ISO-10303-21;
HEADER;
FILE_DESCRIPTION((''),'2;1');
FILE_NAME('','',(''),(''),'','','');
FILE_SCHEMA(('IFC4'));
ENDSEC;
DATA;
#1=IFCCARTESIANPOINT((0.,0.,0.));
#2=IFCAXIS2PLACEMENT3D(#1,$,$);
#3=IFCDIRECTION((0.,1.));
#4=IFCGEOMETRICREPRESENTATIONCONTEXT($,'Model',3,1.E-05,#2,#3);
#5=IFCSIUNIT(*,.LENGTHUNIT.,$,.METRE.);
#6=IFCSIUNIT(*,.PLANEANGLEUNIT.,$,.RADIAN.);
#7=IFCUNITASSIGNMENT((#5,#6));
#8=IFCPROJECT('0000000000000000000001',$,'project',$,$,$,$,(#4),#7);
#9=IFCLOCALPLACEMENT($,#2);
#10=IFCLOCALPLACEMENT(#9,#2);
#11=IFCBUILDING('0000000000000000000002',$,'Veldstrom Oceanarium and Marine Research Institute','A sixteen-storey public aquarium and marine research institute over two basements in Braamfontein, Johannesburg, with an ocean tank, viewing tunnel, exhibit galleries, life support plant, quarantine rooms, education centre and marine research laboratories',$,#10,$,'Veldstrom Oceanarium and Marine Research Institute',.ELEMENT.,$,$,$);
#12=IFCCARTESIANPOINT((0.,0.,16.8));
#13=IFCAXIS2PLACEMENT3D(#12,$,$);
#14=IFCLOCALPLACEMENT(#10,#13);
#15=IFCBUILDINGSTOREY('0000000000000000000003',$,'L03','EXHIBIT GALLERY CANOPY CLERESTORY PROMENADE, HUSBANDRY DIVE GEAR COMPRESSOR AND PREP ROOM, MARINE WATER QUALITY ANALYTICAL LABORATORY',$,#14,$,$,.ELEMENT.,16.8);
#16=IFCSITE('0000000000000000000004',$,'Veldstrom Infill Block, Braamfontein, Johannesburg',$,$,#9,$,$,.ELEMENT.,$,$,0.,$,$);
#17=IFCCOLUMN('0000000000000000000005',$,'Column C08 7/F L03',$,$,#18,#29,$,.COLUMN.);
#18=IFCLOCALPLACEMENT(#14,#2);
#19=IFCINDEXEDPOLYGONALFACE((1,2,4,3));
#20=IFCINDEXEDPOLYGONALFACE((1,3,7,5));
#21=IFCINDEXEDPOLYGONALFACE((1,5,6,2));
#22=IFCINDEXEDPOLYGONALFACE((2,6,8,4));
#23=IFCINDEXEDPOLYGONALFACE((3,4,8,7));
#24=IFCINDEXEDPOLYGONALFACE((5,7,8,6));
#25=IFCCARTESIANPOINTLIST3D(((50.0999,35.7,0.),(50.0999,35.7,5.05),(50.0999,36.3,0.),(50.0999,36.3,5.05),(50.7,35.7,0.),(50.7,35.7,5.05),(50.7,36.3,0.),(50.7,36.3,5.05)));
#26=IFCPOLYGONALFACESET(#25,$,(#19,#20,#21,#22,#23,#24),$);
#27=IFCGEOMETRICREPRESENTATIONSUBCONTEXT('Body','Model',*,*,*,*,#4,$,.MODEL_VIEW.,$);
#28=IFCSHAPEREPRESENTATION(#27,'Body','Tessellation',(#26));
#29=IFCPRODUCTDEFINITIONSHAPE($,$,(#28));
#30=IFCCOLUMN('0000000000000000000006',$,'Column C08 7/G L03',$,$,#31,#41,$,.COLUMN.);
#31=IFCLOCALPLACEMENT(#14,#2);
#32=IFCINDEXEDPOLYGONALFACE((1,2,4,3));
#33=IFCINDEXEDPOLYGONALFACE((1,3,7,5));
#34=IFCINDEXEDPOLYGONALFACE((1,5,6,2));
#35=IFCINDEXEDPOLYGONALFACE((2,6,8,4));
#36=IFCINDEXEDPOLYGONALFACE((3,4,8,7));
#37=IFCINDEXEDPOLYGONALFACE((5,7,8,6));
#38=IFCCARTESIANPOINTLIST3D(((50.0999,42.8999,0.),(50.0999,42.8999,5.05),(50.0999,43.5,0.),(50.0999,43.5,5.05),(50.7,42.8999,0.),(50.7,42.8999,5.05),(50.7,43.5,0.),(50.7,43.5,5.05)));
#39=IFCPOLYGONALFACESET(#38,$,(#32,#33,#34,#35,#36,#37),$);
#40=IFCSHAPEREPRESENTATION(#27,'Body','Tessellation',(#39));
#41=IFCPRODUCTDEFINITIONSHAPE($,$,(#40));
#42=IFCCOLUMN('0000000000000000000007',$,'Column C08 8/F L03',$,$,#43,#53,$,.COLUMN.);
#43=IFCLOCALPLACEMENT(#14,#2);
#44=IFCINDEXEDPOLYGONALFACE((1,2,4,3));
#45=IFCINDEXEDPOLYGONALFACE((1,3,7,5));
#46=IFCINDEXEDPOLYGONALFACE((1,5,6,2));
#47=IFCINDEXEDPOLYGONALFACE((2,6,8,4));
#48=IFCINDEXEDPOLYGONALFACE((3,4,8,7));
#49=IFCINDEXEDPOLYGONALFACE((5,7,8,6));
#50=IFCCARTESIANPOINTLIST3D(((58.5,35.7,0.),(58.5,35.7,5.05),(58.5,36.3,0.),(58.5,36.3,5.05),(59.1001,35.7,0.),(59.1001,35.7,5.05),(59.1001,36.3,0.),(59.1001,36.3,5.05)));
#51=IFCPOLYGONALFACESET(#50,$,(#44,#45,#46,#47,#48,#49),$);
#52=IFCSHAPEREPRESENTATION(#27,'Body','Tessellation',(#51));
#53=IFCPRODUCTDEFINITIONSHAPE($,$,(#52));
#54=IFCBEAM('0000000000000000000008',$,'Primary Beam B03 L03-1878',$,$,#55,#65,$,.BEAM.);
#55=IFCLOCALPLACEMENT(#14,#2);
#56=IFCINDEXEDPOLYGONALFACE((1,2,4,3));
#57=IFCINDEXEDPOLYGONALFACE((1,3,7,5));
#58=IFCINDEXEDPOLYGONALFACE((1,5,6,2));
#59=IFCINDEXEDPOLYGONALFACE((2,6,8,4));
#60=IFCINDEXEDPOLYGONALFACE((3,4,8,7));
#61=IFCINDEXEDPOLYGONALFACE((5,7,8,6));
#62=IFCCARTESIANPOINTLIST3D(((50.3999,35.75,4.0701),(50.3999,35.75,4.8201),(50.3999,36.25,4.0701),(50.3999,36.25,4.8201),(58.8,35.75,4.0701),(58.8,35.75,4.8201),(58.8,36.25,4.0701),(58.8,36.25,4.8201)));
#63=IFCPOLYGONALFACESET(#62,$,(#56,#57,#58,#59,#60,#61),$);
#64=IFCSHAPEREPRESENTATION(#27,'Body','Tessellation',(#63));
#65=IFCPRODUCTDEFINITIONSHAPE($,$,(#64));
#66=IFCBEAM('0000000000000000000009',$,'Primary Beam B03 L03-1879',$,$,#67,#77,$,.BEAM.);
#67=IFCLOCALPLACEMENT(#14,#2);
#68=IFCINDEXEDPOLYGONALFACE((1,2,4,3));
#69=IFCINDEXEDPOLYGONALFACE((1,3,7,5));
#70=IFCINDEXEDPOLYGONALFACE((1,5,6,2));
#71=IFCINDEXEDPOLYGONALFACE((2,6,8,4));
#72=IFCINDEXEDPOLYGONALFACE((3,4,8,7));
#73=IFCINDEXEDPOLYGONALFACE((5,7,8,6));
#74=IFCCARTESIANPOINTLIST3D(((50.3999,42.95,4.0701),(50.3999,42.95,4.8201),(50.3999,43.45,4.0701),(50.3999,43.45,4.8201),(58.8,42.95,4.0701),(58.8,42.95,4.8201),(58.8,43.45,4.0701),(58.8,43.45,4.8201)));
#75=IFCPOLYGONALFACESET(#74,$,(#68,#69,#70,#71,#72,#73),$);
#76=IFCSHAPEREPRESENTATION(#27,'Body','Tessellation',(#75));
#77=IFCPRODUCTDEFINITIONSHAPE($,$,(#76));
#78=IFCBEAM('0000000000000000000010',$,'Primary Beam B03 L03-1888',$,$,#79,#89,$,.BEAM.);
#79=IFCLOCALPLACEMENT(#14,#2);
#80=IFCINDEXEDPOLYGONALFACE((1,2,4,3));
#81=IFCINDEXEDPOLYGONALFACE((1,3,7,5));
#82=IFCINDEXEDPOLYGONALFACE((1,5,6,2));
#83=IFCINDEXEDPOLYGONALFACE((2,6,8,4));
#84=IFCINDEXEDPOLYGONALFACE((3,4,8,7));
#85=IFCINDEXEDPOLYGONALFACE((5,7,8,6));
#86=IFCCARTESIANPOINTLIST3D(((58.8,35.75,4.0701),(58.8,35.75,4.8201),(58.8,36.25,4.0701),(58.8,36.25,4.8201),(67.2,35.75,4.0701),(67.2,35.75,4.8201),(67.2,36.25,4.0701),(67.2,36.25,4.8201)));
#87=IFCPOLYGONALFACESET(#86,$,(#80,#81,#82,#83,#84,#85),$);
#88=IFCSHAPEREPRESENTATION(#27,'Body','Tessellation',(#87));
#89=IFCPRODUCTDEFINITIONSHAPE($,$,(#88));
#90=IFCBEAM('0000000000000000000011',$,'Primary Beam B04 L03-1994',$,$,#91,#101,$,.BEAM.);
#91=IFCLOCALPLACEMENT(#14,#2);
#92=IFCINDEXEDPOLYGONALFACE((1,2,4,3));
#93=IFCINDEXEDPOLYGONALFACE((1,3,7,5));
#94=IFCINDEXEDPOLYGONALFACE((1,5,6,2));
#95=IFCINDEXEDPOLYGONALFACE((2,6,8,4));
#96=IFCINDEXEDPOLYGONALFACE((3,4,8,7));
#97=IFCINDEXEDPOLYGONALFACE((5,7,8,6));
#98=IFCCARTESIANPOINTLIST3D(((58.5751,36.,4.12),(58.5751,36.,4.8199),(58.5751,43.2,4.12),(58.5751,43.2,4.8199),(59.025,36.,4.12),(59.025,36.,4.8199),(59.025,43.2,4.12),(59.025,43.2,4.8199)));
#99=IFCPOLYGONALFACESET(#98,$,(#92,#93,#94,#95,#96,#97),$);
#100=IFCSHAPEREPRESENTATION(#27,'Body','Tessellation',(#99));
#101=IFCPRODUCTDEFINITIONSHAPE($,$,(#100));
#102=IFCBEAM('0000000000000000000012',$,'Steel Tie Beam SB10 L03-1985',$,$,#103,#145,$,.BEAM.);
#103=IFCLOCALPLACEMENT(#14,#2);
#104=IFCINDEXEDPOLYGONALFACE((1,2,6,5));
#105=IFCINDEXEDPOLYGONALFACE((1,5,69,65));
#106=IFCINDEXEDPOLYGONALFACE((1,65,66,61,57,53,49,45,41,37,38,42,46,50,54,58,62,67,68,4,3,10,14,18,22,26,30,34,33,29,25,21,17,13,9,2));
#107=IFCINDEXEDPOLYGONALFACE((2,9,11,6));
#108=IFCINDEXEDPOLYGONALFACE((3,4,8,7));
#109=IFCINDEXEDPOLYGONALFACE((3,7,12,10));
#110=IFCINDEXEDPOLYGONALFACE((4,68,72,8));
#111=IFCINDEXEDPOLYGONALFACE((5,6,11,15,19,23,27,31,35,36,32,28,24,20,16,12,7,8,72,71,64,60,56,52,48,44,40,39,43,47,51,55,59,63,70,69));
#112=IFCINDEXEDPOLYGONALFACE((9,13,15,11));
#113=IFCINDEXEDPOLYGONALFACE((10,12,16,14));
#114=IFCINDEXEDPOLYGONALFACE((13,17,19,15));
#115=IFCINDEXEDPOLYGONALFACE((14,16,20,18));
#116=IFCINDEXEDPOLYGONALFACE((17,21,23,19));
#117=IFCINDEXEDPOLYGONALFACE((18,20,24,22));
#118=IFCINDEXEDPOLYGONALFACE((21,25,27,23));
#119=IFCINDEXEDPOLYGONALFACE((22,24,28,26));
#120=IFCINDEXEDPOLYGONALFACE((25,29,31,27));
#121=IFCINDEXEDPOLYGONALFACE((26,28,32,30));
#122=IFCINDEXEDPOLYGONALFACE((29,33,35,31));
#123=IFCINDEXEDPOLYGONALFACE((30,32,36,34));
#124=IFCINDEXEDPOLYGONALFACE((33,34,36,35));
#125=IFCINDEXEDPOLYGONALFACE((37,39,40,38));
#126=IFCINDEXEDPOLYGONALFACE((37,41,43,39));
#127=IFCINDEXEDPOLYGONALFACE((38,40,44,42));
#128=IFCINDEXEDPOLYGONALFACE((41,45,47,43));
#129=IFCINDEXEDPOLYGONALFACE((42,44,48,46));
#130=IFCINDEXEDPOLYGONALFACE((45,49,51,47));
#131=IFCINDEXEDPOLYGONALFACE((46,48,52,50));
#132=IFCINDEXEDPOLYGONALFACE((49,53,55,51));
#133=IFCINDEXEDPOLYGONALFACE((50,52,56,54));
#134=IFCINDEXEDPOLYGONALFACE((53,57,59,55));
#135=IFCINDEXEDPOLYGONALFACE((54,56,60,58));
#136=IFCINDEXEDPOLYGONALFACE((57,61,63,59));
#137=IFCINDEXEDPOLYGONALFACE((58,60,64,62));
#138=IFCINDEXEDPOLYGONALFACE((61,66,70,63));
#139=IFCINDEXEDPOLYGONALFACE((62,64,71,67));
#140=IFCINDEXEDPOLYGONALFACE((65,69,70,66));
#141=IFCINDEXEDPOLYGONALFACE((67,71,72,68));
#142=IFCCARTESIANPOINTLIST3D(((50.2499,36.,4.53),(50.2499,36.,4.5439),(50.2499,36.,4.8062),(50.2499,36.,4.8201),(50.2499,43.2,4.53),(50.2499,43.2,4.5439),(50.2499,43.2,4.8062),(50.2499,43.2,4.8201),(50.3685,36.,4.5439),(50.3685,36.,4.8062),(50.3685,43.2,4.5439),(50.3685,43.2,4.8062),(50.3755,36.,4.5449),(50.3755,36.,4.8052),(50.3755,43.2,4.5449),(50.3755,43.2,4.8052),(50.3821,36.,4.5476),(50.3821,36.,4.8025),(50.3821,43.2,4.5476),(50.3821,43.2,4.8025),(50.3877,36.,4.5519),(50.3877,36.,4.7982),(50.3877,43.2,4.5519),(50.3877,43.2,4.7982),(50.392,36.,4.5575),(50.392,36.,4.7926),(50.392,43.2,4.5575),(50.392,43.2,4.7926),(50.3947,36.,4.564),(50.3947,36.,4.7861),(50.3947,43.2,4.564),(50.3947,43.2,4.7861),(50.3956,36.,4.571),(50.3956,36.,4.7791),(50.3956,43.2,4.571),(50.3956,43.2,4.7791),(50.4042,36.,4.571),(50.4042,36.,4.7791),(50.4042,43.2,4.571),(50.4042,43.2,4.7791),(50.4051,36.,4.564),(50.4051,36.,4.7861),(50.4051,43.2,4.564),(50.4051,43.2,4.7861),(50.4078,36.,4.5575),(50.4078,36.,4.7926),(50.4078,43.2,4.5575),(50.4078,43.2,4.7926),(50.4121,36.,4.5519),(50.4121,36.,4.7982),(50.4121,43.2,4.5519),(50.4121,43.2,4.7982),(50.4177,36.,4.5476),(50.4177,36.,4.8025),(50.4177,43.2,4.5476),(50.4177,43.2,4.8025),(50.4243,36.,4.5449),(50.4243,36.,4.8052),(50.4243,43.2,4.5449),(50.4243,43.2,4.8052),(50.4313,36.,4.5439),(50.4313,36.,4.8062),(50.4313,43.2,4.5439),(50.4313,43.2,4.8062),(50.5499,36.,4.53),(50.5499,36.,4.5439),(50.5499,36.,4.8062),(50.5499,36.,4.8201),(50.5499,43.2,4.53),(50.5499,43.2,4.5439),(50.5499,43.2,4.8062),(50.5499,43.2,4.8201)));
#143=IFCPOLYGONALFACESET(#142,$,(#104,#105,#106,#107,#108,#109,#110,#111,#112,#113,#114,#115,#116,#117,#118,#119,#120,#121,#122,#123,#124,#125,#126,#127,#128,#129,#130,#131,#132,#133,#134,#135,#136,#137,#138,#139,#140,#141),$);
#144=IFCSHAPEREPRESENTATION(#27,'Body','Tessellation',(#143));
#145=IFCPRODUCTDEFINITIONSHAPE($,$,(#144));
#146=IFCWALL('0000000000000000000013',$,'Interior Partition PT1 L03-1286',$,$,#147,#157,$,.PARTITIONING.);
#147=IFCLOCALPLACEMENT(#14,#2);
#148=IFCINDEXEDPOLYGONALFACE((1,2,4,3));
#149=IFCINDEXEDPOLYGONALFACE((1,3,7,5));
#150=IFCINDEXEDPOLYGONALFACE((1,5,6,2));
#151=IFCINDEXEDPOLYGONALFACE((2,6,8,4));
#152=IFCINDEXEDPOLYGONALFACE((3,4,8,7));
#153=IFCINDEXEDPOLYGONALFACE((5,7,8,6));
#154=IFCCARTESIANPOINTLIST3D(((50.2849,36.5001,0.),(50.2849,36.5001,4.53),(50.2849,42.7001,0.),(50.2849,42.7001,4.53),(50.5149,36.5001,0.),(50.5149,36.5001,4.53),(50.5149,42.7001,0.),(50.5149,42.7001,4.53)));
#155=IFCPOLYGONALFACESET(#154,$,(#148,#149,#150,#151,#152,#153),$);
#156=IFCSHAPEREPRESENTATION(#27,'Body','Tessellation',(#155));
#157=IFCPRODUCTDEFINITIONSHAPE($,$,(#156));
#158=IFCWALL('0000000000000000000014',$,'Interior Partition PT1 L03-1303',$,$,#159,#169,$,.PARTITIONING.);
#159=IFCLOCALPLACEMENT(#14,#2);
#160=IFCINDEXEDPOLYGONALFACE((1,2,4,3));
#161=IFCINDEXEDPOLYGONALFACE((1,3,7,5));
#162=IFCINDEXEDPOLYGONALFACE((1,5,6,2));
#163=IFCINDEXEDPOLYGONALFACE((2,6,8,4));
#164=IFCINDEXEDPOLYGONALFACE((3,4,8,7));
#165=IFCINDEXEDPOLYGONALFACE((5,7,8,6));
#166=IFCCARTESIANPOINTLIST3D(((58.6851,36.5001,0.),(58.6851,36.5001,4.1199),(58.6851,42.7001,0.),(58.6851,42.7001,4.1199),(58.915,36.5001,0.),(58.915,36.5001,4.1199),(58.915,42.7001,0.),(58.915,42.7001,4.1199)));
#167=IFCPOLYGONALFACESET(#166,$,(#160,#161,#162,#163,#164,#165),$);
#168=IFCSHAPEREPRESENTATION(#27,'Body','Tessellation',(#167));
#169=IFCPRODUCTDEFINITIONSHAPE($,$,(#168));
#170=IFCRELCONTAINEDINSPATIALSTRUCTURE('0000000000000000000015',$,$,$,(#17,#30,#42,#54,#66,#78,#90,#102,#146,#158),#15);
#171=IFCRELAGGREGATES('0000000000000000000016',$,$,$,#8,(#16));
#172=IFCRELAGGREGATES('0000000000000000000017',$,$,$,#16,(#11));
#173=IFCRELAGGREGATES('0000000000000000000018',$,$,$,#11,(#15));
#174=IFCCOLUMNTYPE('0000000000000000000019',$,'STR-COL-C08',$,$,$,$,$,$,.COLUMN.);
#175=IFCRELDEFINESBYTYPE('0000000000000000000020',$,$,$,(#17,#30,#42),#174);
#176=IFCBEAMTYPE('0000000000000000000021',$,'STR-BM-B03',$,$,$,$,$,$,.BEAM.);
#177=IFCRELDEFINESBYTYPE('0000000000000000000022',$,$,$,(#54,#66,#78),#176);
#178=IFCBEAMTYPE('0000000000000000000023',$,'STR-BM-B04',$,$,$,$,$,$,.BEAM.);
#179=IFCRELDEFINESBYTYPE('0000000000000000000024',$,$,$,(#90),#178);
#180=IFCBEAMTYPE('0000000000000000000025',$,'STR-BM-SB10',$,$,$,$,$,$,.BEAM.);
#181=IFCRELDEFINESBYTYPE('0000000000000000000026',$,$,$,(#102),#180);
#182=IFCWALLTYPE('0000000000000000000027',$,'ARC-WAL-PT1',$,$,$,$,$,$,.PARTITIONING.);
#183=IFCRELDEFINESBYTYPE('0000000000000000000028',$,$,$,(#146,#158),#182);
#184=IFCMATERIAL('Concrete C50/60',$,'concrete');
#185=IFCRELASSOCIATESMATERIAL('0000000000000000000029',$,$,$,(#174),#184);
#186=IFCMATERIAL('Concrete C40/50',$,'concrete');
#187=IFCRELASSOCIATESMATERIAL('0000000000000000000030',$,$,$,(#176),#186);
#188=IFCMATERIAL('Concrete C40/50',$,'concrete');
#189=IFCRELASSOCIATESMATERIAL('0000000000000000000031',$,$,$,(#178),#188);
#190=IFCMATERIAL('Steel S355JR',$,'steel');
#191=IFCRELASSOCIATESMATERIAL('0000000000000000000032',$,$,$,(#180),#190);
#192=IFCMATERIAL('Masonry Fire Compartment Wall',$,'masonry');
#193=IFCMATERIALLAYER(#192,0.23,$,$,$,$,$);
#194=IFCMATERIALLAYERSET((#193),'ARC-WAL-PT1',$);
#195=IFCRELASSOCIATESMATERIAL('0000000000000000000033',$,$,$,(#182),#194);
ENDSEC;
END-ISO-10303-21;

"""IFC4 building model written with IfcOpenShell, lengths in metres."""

from ifc_helpers import new_model, si_unit, direction, frame, frame_2d, origin, origin_2d, place, context, subcontext, project, spatial, rectangle, i_section, extrude, material, layer, layer_set, material_profile, profile_set, type_object, element, save


model = new_model("IFC4")

# Units and contexts
model_context = context("Model", 3, precision=1e-05, world=origin(), true_north=direction((0.0, 1.0)))
body_context = subcontext(model_context, "Body", "Model", "MODEL_VIEW")
ifc_project = project(units=[si_unit("LENGTHUNIT", "METRE"), si_unit("PLANEANGLEUNIT", "RADIAN")], contexts=[model_context])

# Site, building, storey
site_placement = place(None, origin())
site = spatial("IfcSite", under=ifc_project, at=site_placement, Name="Veldstrom Infill Block, Braamfontein, Johannesburg", CompositionType="ELEMENT", RefElevation=0.0)
building_placement = place(site_placement, origin())
building = spatial("IfcBuilding", under=site, at=building_placement, Name="Veldstrom Oceanarium and Marine Research Institute", Description="A sixteen-storey public aquarium and marine research institute over two basements in Braamfontein, Johannesburg, with an ocean tank, viewing tunnel, exhibit galleries, life support plant, quarantine rooms, education centre and marine research laboratories", LongName="Veldstrom Oceanarium and Marine Research Institute", CompositionType="ELEMENT")
storey_placement = place(building_placement, frame((0.0, 0.0, 16.8)))
storey = spatial("IfcBuildingStorey", under=building, at=storey_placement, Name="L03", Description="EXHIBIT GALLERY CANOPY CLERESTORY PROMENADE, HUSBANDRY DIVE GEAR COMPRESSOR AND PREP ROOM, MARINE WATER QUALITY ANALYTICAL LABORATORY", CompositionType="ELEMENT", Elevation=16.8)

# Columns
ifc_material_1 = material(Name="Concrete C50/60", Category="concrete")
ifc_material_profile_1 = material_profile(ifc_material_1, rectangle(XDim=0.6001, YDim=0.6001, at=origin_2d()), Name="RC-COL-600x600")
ifc_profile_set_1 = profile_set([ifc_material_profile_1], Name="Concrete C50/60")
column_type = type_object("IfcColumnType", Name="STR-COL-C08", PredefinedType="COLUMN", material=ifc_profile_set_1)
for number, where, z_axis, x_axis, name in (
    (1, (50.3999, 36.0, 0.0), (0.0, 0.0, 1.0), (1.0, 0.0, 0.0), "Column C08 7/F L03"),
    (2, (50.3999, 43.2, 0.0), (0.0, 0.0, 1.0), (1.0, 0.0, 0.0), "Column C08 7/G L03"),
    (3, (58.8, 36.0, 0.0), (0.0, 0.0, 1.0), (1.0, 0.0, 0.0), "Column C08 8/F L03"),
):
    element("IfcColumn", number, at=place(storey_placement, frame(where, z_axis=z_axis, x_axis=x_axis)), inside=storey, type_object=column_type, Name=name, PredefinedType="COLUMN", context=body_context, shape_type="SweptSolid", body=[
        extrude(rectangle(XDim=0.6001, YDim=0.6001, at=origin_2d()), origin(), (0.0, 0.0, 1.0), 5.05),
    ])

# Beams
ifc_material_2 = material(Name="Concrete C40/50", Category="concrete")
ifc_material_profile_2 = material_profile(ifc_material_2, rectangle(XDim=0.5, YDim=0.75, at=origin_2d()), Name="RC-BM-500x750")
ifc_profile_set_2 = profile_set([ifc_material_profile_2], Name="Concrete C40/50")
beam_type_1 = type_object("IfcBeamType", Name="STR-BM-B03", PredefinedType="BEAM", material=ifc_profile_set_2)
for number, where, z_axis, x_axis, name in (
    (4, (50.3999, 36.0, 4.4451), (1.0, 0.0, 0.0), (0.0, 1.0, 0.0), "Primary Beam B03 L03-1878"),
    (5, (50.3999, 43.2, 4.4451), (1.0, 0.0, 0.0), (0.0, 1.0, 0.0), "Primary Beam B03 L03-1879"),
):
    element("IfcBeam", number, at=place(storey_placement, frame(where, z_axis=z_axis, x_axis=x_axis)), inside=storey, type_object=beam_type_1, Name=name, PredefinedType="BEAM", context=body_context, shape_type="SweptSolid", body=[
        extrude(rectangle(XDim=0.5, YDim=0.75, at=origin_2d()), origin(), (0.0, 0.0, 1.0), 8.4001),
    ])
beam_1_placement = place(storey_placement, frame((58.8, 36.0, 4.4451), z_axis=(1.0, 0.0, 0.0), x_axis=(0.0, 1.0, 0.0)))
element("IfcBeam", 6, at=beam_1_placement, inside=storey, type_object=beam_type_1, Name="Primary Beam B03 L03-1888", PredefinedType="BEAM", context=body_context, shape_type="SweptSolid", body=[
    extrude(rectangle(XDim=0.5, YDim=0.75, at=origin_2d()), origin(), (0.0, 0.0, 1.0), 8.3999),
])
ifc_material_3 = material(Name="Concrete C40/50", Category="concrete")
ifc_material_profile_3 = material_profile(ifc_material_3, rectangle(XDim=0.45, YDim=0.7, at=origin_2d()), Name="RC-BM-450x700")
ifc_profile_set_3 = profile_set([ifc_material_profile_3], Name="Concrete C40/50")
beam_type_2 = type_object("IfcBeamType", Name="STR-BM-B04", PredefinedType="BEAM", material=ifc_profile_set_3)
beam_2_placement = place(storey_placement, frame((58.8, 36.0, 4.47), z_axis=(0.0, 1.0, 0.0), x_axis=(-1.0, 0.0, 0.0)))
element("IfcBeam", 7, at=beam_2_placement, inside=storey, type_object=beam_type_2, Name="Primary Beam B04 L03-1994", PredefinedType="BEAM", context=body_context, shape_type="SweptSolid", body=[
    extrude(rectangle(XDim=0.45, YDim=0.7, at=origin_2d()), origin(), (0.0, 0.0, 1.0), 7.2),
])
ifc_material_4 = material(Name="Steel S355JR", Category="steel")
ifc_material_profile_4 = material_profile(ifc_material_4, i_section(OverallWidth=0.3, OverallDepth=0.29, WebThickness=0.0085, FlangeThickness=0.0139, FilletRadius=0.0271, at=origin_2d()), Name="HEA 300")
ifc_profile_set_4 = profile_set([ifc_material_profile_4], Name="Steel S355JR")
beam_type_3 = type_object("IfcBeamType", Name="STR-BM-SB10", PredefinedType="BEAM", material=ifc_profile_set_4)
beam_3_placement = place(storey_placement, frame((50.3999, 36.0, 4.675), z_axis=(0.0, 1.0, 0.0), x_axis=(-1.0, 0.0, 0.0)))
element("IfcBeam", 8, at=beam_3_placement, inside=storey, type_object=beam_type_3, Name="Steel Tie Beam SB10 L03-1985", PredefinedType="BEAM", context=body_context, shape_type="SweptSolid", body=[
    extrude(i_section(OverallWidth=0.3, OverallDepth=0.29, WebThickness=0.0085, FlangeThickness=0.0139, FilletRadius=0.0271, at=origin_2d()), origin(), (0.0, 0.0, 1.0), 7.2),
])

# Wall
ifc_material_5 = material(Name="Masonry Fire Compartment Wall", Category="masonry")
ifc_layer_1 = layer(ifc_material_5, 0.23)
ifc_layer_set_1 = layer_set([ifc_layer_1], Name="ARC-WAL-PT1")
wall_type_1 = type_object("IfcWallType", Name="ARC-WAL-PT1", PredefinedType="PARTITIONING", material=ifc_layer_set_1)
wall_1_placement = place(storey_placement, frame((50.3999, 36.5, 0.0), z_axis=(0.0, 0.0, 1.0), x_axis=(0.0, 1.0, 0.0)))
element("IfcWall", 9, at=wall_1_placement, inside=storey, type_object=wall_type_1, Name="Interior Partition PT1 L03-1286", PredefinedType="PARTITIONING", context=body_context, shape_type="SweptSolid", body=[
    extrude(rectangle(XDim=6.2, YDim=0.23, at=frame_2d((3.1001, 0.0))), origin(), (0.0, 0.0, 1.0), 4.53),
])

# Wall
wall_2_placement = place(storey_placement, frame((58.8, 36.5, 0.0), z_axis=(0.0, 0.0, 1.0), x_axis=(0.0, 1.0, 0.0)))
element("IfcWall", 10, at=wall_2_placement, inside=storey, type_object=wall_type_1, Name="Interior Partition PT1 L03-1303", PredefinedType="PARTITIONING", context=body_context, shape_type="SweptSolid", body=[
    extrude(rectangle(XDim=6.2, YDim=0.23, at=frame_2d((3.1001, 0.0))), origin(), (0.0, 0.0, 1.0), 4.1199),
])

save(model, "model.ifc")
